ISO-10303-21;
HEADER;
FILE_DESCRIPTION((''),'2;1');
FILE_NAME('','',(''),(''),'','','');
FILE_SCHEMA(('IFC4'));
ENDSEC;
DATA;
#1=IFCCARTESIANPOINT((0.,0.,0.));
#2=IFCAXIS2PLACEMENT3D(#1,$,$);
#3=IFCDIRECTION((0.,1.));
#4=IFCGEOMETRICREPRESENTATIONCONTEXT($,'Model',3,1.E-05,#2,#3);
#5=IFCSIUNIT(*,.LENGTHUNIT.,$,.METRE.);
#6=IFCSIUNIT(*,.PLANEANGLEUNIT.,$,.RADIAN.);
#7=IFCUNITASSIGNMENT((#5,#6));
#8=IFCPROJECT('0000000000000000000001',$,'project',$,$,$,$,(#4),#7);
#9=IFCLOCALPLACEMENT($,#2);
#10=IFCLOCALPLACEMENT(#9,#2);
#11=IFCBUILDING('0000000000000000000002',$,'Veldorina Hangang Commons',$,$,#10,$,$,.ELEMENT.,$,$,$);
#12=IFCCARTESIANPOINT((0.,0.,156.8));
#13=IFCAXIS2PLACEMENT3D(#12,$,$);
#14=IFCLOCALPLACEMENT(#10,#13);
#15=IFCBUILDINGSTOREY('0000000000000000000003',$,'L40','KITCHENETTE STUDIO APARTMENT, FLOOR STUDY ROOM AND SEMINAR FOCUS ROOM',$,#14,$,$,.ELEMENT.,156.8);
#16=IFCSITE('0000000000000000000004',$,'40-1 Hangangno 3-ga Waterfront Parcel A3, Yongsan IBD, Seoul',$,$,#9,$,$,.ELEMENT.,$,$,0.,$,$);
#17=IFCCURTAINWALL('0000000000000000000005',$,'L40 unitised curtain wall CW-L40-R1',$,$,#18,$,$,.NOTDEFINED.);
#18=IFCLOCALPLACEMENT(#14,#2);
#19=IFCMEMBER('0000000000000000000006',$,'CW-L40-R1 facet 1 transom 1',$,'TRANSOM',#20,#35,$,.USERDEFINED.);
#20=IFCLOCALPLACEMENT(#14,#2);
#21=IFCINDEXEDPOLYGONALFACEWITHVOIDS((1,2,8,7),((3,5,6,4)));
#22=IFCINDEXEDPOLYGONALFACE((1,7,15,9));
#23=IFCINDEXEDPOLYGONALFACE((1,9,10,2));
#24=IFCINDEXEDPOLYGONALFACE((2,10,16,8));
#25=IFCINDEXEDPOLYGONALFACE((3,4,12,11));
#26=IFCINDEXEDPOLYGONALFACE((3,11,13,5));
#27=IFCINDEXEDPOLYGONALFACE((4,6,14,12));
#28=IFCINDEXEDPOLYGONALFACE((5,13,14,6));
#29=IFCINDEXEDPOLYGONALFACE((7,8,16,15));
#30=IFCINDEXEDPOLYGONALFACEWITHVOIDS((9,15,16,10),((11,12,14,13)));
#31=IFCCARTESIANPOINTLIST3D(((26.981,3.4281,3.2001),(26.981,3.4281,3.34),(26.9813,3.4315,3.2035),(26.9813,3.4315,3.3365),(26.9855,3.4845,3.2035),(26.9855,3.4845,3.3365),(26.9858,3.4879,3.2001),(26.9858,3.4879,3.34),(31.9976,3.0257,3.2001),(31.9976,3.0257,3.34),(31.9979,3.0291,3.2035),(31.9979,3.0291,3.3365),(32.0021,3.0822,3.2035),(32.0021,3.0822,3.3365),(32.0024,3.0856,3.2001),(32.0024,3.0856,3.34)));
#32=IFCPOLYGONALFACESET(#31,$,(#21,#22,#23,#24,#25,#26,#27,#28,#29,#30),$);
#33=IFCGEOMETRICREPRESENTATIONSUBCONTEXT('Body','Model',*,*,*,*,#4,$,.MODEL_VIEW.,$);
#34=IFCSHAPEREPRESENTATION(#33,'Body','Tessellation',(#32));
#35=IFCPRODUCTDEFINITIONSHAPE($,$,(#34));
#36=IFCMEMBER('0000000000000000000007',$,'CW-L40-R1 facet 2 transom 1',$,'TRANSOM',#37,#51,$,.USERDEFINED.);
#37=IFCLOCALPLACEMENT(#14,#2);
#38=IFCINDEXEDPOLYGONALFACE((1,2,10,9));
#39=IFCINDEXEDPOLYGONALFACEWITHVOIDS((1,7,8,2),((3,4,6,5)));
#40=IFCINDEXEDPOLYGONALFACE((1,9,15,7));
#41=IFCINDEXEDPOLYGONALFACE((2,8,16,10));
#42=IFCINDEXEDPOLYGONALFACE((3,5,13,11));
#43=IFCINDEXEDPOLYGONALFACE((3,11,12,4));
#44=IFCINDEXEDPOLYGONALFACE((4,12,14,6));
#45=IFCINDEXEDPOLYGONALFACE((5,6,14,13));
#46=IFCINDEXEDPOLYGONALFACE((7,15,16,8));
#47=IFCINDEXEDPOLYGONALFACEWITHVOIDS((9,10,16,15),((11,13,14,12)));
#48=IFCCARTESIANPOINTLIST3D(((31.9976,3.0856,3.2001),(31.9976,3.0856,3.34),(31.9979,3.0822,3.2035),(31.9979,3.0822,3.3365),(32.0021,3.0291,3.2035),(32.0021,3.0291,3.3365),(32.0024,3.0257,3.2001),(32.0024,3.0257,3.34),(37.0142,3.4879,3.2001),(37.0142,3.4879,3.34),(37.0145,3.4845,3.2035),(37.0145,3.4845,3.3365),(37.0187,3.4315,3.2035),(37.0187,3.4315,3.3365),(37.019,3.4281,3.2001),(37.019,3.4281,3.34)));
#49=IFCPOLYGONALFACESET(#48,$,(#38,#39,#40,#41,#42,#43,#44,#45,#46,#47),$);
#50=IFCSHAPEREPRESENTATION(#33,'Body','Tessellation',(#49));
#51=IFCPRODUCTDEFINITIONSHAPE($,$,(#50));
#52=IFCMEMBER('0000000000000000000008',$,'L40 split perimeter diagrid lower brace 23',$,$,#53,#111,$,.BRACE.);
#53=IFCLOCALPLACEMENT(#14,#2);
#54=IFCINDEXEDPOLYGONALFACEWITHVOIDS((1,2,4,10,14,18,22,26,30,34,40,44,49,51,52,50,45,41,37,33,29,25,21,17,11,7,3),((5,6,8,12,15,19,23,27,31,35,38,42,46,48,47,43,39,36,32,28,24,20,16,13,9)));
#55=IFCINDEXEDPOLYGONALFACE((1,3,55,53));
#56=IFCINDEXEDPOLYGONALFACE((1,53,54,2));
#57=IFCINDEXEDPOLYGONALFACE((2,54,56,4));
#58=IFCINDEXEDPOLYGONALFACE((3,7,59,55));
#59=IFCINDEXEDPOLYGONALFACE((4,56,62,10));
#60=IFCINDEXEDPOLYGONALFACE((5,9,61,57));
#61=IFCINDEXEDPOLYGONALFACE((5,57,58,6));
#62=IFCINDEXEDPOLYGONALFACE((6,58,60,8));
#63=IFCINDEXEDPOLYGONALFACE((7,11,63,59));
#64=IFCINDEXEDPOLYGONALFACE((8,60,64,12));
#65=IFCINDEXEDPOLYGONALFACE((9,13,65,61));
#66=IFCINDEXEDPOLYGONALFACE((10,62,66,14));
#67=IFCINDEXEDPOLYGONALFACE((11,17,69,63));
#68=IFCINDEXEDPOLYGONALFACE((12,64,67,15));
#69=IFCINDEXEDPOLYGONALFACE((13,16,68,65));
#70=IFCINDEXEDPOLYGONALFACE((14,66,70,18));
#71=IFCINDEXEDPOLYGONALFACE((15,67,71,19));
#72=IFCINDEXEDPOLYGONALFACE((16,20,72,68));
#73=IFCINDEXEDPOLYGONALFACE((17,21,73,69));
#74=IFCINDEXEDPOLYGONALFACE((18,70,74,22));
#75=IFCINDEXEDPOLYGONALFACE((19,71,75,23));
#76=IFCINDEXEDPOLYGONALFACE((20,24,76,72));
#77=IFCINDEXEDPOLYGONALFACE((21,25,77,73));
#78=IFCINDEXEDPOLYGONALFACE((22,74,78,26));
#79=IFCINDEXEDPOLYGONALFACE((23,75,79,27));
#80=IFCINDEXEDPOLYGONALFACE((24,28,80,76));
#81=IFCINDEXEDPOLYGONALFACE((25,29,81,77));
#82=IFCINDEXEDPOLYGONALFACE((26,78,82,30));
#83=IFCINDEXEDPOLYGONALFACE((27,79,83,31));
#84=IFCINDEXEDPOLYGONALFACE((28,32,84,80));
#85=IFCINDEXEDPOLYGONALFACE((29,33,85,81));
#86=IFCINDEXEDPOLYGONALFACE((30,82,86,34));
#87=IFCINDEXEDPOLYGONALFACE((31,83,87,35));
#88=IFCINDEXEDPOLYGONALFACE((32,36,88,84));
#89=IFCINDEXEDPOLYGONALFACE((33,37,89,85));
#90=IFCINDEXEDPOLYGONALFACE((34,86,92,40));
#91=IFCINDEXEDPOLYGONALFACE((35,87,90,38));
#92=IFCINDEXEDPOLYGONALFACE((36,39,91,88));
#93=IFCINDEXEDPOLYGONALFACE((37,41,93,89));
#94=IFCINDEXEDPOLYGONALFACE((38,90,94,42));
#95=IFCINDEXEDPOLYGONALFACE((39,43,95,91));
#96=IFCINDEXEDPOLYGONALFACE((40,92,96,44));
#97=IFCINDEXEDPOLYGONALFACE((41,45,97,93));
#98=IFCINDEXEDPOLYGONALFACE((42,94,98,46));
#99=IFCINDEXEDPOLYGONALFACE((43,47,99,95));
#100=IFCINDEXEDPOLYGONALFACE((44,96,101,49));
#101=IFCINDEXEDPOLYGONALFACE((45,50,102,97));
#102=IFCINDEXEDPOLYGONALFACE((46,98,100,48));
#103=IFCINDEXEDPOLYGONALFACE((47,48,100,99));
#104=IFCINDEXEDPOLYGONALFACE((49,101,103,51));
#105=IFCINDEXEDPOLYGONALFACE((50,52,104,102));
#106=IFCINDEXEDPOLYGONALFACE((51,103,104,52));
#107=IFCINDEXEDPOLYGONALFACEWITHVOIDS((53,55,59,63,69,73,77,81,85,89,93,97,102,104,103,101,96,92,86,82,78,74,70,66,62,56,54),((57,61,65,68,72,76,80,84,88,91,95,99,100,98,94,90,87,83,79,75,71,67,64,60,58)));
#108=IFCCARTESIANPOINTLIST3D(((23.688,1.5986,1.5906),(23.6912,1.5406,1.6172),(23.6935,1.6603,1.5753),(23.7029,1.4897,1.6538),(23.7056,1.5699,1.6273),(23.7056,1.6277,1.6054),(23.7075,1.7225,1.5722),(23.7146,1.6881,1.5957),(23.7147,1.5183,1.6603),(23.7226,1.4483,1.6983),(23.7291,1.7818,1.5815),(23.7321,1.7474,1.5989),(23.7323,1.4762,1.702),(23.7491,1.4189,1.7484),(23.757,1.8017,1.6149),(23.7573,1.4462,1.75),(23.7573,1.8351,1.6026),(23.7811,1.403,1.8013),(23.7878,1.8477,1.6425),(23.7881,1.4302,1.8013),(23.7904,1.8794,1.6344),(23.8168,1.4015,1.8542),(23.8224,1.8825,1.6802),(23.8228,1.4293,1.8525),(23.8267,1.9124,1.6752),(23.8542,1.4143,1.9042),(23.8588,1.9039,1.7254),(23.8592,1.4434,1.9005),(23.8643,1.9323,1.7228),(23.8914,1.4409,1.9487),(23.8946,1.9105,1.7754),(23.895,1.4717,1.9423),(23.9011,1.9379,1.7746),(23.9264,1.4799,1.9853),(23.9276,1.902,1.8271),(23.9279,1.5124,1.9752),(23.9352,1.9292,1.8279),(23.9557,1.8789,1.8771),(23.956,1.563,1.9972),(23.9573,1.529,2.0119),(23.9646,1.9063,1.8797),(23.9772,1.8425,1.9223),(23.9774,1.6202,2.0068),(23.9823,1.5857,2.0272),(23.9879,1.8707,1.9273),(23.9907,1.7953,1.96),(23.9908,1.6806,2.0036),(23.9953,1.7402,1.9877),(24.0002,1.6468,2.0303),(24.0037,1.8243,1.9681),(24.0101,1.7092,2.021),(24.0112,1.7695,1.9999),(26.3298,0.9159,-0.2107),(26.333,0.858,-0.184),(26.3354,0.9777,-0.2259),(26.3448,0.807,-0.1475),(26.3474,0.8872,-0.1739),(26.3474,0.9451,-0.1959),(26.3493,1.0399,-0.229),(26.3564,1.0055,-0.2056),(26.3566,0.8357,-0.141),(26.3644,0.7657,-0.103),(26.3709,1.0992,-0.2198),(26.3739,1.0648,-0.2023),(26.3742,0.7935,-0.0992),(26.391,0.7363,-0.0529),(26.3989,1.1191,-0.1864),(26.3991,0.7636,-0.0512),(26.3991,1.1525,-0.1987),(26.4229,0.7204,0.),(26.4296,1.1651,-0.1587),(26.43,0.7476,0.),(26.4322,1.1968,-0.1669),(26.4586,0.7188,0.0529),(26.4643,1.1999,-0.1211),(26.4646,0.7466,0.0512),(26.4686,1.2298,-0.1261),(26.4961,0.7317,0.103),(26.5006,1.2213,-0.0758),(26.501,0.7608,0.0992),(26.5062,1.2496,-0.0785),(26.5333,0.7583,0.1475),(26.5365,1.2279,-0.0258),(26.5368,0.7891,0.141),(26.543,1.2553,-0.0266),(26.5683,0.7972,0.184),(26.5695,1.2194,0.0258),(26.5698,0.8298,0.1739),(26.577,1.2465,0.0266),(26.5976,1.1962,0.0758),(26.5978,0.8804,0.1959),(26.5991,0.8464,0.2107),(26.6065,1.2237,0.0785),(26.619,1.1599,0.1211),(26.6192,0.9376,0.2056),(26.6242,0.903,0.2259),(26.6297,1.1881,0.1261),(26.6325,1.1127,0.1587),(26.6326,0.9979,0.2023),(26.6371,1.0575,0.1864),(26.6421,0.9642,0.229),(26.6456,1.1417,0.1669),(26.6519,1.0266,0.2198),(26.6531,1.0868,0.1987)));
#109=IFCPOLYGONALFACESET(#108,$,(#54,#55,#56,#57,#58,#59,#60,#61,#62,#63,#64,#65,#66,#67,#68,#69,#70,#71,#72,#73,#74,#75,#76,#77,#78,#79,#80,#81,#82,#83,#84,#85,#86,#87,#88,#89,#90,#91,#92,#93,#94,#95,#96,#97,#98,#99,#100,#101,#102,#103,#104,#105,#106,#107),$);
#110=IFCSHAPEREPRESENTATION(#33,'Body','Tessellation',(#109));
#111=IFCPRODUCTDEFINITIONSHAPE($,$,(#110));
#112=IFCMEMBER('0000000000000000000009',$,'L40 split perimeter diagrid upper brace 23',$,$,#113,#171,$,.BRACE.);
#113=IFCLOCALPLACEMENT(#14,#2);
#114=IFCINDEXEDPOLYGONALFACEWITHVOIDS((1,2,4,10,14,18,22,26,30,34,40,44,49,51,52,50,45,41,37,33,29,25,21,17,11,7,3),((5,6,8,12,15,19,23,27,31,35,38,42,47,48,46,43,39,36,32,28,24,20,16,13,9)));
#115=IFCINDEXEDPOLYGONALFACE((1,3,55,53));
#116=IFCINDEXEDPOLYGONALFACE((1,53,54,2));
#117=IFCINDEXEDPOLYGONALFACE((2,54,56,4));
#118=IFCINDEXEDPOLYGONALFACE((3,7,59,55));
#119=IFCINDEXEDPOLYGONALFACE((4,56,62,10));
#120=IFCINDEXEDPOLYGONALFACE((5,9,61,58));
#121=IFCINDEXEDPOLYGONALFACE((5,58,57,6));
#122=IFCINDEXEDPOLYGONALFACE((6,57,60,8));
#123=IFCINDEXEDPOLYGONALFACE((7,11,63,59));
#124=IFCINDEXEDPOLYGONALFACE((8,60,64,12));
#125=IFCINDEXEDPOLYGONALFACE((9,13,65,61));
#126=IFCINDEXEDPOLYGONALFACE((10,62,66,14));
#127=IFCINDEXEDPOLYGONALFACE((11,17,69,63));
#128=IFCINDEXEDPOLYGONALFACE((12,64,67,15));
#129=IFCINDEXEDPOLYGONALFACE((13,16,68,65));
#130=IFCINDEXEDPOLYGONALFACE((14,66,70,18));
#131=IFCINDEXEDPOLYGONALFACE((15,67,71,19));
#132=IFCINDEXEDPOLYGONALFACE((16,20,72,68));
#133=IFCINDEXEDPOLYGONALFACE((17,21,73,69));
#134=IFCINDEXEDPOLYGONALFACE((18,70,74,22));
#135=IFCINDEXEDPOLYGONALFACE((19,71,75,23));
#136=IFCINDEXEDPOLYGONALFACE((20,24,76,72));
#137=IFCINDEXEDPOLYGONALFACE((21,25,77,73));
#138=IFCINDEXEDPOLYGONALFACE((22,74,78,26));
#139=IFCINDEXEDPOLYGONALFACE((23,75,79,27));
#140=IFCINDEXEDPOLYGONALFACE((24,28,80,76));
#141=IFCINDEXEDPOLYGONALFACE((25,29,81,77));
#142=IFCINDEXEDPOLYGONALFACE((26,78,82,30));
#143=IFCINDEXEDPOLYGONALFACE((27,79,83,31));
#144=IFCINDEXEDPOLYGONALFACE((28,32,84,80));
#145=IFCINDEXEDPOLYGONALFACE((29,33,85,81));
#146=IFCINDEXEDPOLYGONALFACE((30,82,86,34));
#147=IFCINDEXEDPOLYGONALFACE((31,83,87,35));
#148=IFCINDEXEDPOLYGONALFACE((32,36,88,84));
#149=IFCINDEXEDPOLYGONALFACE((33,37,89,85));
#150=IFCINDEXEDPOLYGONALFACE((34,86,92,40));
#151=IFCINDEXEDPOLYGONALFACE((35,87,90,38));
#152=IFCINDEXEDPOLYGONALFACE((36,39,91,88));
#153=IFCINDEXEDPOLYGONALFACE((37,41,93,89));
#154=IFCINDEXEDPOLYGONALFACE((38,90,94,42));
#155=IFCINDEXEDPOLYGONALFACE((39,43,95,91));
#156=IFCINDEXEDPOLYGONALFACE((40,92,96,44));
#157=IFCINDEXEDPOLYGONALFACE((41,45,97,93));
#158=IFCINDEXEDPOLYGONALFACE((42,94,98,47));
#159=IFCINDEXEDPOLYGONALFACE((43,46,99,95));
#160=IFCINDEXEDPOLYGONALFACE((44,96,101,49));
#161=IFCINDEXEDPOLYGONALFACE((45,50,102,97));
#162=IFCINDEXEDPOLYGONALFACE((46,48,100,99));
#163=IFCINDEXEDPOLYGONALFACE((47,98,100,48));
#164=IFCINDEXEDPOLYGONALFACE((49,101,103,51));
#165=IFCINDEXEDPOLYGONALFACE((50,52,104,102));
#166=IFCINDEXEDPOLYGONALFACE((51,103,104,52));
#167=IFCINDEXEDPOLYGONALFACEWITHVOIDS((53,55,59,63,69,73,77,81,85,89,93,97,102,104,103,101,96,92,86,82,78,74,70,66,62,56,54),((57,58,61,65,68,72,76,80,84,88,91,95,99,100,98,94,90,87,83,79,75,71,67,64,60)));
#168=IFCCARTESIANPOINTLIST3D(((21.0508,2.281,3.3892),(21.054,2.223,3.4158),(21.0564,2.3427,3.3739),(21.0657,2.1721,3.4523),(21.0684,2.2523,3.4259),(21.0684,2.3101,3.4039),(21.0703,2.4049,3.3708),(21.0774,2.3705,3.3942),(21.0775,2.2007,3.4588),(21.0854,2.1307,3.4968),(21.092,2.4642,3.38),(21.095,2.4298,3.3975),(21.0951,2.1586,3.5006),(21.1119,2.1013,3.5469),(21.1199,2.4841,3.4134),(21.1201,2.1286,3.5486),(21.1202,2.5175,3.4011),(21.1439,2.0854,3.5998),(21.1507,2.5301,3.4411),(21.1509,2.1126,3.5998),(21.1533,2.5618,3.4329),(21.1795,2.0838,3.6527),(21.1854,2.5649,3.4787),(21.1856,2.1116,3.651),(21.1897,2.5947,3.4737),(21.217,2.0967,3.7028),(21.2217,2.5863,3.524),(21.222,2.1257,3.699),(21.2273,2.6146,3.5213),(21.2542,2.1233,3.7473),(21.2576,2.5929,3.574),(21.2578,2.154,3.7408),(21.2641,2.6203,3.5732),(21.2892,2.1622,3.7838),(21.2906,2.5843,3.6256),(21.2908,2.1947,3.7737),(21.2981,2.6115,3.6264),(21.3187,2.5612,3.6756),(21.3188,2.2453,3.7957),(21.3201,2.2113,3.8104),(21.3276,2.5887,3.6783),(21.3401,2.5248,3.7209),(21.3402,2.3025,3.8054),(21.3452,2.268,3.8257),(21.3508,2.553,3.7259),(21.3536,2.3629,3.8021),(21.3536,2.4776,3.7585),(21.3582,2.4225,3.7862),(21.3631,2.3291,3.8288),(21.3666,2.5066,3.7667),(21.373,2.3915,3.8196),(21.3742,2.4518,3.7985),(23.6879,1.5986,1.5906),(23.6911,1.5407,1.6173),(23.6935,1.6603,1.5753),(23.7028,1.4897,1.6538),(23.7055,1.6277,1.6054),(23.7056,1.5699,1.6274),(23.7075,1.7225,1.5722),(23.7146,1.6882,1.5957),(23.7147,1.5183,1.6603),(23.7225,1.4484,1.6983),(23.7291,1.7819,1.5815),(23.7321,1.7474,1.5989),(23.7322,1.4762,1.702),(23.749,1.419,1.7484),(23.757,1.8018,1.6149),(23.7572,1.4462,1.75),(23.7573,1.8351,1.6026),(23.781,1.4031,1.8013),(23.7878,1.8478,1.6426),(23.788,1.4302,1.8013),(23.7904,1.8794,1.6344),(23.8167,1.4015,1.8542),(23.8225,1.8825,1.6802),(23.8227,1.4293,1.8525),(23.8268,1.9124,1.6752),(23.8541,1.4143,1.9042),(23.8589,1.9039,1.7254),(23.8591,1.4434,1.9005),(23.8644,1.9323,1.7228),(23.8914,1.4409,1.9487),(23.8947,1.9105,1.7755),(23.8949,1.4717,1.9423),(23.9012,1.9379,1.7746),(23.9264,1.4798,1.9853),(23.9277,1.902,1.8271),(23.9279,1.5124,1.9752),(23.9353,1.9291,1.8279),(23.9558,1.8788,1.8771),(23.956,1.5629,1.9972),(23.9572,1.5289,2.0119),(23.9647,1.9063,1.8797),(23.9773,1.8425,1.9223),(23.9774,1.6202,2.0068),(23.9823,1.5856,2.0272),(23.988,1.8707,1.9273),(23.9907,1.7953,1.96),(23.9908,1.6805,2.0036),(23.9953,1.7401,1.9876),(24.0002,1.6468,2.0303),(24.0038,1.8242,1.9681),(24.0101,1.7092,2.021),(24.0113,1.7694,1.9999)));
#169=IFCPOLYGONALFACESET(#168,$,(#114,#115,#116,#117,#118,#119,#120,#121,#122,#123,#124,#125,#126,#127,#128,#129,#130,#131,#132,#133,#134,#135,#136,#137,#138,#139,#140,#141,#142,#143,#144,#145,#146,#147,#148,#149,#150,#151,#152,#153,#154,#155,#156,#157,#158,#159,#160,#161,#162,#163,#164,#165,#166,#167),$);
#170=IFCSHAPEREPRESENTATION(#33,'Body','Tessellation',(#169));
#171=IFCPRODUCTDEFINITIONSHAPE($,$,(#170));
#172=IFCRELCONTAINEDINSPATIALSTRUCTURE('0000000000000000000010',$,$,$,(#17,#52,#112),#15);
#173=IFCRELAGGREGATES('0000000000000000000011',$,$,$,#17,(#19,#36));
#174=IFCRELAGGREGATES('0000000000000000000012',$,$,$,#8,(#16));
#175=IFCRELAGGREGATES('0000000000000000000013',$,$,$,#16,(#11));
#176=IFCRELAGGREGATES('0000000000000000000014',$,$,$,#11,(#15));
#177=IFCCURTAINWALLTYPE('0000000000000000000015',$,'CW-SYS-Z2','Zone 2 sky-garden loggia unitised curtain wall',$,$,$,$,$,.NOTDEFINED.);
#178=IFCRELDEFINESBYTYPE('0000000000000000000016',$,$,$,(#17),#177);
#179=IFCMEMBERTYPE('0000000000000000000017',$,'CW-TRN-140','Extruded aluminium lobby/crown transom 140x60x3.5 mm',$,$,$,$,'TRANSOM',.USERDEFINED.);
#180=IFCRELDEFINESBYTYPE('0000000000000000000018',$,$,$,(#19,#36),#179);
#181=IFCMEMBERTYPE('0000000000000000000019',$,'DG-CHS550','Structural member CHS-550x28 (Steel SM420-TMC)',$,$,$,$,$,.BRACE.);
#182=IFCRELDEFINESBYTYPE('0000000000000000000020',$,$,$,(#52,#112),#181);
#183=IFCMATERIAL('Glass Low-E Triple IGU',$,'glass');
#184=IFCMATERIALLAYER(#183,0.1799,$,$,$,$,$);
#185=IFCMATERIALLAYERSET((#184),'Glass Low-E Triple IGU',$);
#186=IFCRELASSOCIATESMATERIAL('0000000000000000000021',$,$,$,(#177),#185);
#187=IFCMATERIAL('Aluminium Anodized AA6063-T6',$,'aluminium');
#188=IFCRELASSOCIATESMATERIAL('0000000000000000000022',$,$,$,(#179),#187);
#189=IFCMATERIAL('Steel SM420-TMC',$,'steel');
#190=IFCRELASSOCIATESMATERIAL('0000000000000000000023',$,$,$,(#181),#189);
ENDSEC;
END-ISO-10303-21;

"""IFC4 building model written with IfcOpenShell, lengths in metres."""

from ifc_helpers import new_model, si_unit, direction, frame, origin, origin_2d, place, context, subcontext, project, spatial, hollow_rectangle, hollow_circle, extrude, material, layer, layer_set, material_profile, profile_set, type_object, element, aggregate, save


model = new_model("IFC4")

# Units and contexts
model_context = context("Model", 3, precision=1e-05, world=origin(), true_north=direction((0.0, 1.0)))
body_context = subcontext(model_context, "Body", "Model", "MODEL_VIEW")
ifc_project = project(units=[si_unit("LENGTHUNIT", "METRE"), si_unit("PLANEANGLEUNIT", "RADIAN")], contexts=[model_context])

# Site, building, storey
site_placement = place(None, origin())
site = spatial("IfcSite", under=ifc_project, at=site_placement, Name="40-1 Hangangno 3-ga Waterfront Parcel A3, Yongsan IBD, Seoul", CompositionType="ELEMENT", RefElevation=0.0)
building_placement = place(site_placement, origin())
building = spatial("IfcBuilding", under=site, at=building_placement, Name="Veldorina Hangang Commons", CompositionType="ELEMENT")
storey_placement = place(building_placement, frame((0.0, 0.0, 156.8)))
storey = spatial("IfcBuildingStorey", under=building, at=storey_placement, Name="L40", Description="KITCHENETTE STUDIO APARTMENT, FLOOR STUDY ROOM AND SEMINAR FOCUS ROOM", CompositionType="ELEMENT", Elevation=156.8)

# Shared definitions
ifc_material_1 = material(Name="Steel SM420-TMC", Category="steel")

# Curtain wall, members
ifc_material_2 = material(Name="Glass Low-E Triple IGU", Category="glass")
ifc_layer_1 = layer(ifc_material_2, 0.1799)
ifc_layer_set_1 = layer_set([ifc_layer_1], Name="Glass Low-E Triple IGU")
curtain_wall_type = type_object("IfcCurtainWallType", Name="CW-SYS-Z2", Description="Zone 2 sky-garden loggia unitised curtain wall", PredefinedType="NOTDEFINED", material=ifc_layer_set_1)
curtain_wall_placement = place(storey_placement, origin())
curtain_wall = element("IfcCurtainWall", 1, at=curtain_wall_placement, inside=storey, type_object=curtain_wall_type, Name="L40 unitised curtain wall CW-L40-R1", PredefinedType="NOTDEFINED")
ifc_material_3 = material(Name="Aluminium Anodized AA6063-T6", Category="aluminium")
ifc_material_profile_1 = material_profile(ifc_material_3, hollow_rectangle(XDim=0.0601, YDim=0.1399, WallThickness=0.0034, at=origin_2d()), Name="ALU-RHS-140x60x3.5")
ifc_profile_set_1 = profile_set([ifc_material_profile_1], Name="Aluminium Anodized AA6063-T6")
member_type_1 = type_object("IfcMemberType", Name="CW-TRN-140", Description="Extruded aluminium lobby/crown transom 140x60x3.5 mm", ElementType="TRANSOM", PredefinedType="USERDEFINED", material=ifc_profile_set_1)
member_1_placement = place(storey_placement, frame((26.9834, 3.458, 3.27), z_axis=(0.996799, -0.079946, 0.0), x_axis=(0.079946, 0.996799, 0.0)))
member_1 = element("IfcMember", 2, at=member_1_placement, type_object=member_type_1, Name="CW-L40-R1 facet 1 transom 1", ObjectType="TRANSOM", PredefinedType="USERDEFINED", context=body_context, shape_type="SweptSolid", body=[
    extrude(hollow_rectangle(XDim=0.0601, YDim=0.1399, WallThickness=0.0034, at=origin_2d()), origin(), (0.0, 0.0, 1.0), 5.0327),
])
member_2_placement = place(storey_placement, frame((32.0, 3.0557, 3.27), z_axis=(0.996799, 0.079946, 0.0), x_axis=(-0.079946, 0.996799, 0.0)))
member_2 = element("IfcMember", 3, at=member_2_placement, type_object=member_type_1, Name="CW-L40-R1 facet 2 transom 1", ObjectType="TRANSOM", PredefinedType="USERDEFINED", context=body_context, shape_type="SweptSolid", body=[
    extrude(hollow_rectangle(XDim=0.0601, YDim=0.1399, WallThickness=0.0034, at=origin_2d()), origin(), (0.0, 0.0, 1.0), 5.0327),
])

# Members
ifc_material_profile_2 = material_profile(ifc_material_1, hollow_circle(Radius=0.2749, WallThickness=0.0281, at=origin_2d()), Name="CHS-550x28")
ifc_profile_set_2 = profile_set([ifc_material_profile_2], Name="Steel SM420-TMC")
member_type_2 = type_object("IfcMemberType", Name="DG-CHS550", Description="Structural member CHS-550x28 (Steel SM420-TMC)", PredefinedType="BRACE", material=ifc_profile_set_2)
member_3_placement = place(storey_placement, frame((26.4917, 0.9866, 0.0), z_axis=(-0.808018, 0.208781, 0.550925), x_axis=(-0.25017, -0.968202, 0.0)))
element("IfcMember", 4, at=member_3_placement, inside=storey, type_object=member_type_2, Name="L40 split perimeter diagrid lower brace 23", PredefinedType="BRACE", context=body_context, shape_type="SweptSolid", body=[
    extrude(hollow_circle(Radius=0.2749, WallThickness=0.0281, at=origin_2d()), origin(), (0.0, 0.0, 1.0), 3.2695),
])
member_4_placement = place(storey_placement, frame((23.8499, 1.6692, 1.8013), z_axis=(-0.807903, 0.209044, 0.550993), x_axis=(-0.250499, -0.968117, 0.0)))
element("IfcMember", 5, at=member_4_placement, inside=storey, type_object=member_type_2, Name="L40 split perimeter diagrid upper brace 23", PredefinedType="BRACE", context=body_context, shape_type="SweptSolid", body=[
    extrude(hollow_circle(Radius=0.2749, WallThickness=0.0281, at=origin_2d()), origin(), (0.0, 0.0, 1.0), 3.2642),
])

aggregate(curtain_wall, [member_1, member_2])

save(model, "model.ifc")
